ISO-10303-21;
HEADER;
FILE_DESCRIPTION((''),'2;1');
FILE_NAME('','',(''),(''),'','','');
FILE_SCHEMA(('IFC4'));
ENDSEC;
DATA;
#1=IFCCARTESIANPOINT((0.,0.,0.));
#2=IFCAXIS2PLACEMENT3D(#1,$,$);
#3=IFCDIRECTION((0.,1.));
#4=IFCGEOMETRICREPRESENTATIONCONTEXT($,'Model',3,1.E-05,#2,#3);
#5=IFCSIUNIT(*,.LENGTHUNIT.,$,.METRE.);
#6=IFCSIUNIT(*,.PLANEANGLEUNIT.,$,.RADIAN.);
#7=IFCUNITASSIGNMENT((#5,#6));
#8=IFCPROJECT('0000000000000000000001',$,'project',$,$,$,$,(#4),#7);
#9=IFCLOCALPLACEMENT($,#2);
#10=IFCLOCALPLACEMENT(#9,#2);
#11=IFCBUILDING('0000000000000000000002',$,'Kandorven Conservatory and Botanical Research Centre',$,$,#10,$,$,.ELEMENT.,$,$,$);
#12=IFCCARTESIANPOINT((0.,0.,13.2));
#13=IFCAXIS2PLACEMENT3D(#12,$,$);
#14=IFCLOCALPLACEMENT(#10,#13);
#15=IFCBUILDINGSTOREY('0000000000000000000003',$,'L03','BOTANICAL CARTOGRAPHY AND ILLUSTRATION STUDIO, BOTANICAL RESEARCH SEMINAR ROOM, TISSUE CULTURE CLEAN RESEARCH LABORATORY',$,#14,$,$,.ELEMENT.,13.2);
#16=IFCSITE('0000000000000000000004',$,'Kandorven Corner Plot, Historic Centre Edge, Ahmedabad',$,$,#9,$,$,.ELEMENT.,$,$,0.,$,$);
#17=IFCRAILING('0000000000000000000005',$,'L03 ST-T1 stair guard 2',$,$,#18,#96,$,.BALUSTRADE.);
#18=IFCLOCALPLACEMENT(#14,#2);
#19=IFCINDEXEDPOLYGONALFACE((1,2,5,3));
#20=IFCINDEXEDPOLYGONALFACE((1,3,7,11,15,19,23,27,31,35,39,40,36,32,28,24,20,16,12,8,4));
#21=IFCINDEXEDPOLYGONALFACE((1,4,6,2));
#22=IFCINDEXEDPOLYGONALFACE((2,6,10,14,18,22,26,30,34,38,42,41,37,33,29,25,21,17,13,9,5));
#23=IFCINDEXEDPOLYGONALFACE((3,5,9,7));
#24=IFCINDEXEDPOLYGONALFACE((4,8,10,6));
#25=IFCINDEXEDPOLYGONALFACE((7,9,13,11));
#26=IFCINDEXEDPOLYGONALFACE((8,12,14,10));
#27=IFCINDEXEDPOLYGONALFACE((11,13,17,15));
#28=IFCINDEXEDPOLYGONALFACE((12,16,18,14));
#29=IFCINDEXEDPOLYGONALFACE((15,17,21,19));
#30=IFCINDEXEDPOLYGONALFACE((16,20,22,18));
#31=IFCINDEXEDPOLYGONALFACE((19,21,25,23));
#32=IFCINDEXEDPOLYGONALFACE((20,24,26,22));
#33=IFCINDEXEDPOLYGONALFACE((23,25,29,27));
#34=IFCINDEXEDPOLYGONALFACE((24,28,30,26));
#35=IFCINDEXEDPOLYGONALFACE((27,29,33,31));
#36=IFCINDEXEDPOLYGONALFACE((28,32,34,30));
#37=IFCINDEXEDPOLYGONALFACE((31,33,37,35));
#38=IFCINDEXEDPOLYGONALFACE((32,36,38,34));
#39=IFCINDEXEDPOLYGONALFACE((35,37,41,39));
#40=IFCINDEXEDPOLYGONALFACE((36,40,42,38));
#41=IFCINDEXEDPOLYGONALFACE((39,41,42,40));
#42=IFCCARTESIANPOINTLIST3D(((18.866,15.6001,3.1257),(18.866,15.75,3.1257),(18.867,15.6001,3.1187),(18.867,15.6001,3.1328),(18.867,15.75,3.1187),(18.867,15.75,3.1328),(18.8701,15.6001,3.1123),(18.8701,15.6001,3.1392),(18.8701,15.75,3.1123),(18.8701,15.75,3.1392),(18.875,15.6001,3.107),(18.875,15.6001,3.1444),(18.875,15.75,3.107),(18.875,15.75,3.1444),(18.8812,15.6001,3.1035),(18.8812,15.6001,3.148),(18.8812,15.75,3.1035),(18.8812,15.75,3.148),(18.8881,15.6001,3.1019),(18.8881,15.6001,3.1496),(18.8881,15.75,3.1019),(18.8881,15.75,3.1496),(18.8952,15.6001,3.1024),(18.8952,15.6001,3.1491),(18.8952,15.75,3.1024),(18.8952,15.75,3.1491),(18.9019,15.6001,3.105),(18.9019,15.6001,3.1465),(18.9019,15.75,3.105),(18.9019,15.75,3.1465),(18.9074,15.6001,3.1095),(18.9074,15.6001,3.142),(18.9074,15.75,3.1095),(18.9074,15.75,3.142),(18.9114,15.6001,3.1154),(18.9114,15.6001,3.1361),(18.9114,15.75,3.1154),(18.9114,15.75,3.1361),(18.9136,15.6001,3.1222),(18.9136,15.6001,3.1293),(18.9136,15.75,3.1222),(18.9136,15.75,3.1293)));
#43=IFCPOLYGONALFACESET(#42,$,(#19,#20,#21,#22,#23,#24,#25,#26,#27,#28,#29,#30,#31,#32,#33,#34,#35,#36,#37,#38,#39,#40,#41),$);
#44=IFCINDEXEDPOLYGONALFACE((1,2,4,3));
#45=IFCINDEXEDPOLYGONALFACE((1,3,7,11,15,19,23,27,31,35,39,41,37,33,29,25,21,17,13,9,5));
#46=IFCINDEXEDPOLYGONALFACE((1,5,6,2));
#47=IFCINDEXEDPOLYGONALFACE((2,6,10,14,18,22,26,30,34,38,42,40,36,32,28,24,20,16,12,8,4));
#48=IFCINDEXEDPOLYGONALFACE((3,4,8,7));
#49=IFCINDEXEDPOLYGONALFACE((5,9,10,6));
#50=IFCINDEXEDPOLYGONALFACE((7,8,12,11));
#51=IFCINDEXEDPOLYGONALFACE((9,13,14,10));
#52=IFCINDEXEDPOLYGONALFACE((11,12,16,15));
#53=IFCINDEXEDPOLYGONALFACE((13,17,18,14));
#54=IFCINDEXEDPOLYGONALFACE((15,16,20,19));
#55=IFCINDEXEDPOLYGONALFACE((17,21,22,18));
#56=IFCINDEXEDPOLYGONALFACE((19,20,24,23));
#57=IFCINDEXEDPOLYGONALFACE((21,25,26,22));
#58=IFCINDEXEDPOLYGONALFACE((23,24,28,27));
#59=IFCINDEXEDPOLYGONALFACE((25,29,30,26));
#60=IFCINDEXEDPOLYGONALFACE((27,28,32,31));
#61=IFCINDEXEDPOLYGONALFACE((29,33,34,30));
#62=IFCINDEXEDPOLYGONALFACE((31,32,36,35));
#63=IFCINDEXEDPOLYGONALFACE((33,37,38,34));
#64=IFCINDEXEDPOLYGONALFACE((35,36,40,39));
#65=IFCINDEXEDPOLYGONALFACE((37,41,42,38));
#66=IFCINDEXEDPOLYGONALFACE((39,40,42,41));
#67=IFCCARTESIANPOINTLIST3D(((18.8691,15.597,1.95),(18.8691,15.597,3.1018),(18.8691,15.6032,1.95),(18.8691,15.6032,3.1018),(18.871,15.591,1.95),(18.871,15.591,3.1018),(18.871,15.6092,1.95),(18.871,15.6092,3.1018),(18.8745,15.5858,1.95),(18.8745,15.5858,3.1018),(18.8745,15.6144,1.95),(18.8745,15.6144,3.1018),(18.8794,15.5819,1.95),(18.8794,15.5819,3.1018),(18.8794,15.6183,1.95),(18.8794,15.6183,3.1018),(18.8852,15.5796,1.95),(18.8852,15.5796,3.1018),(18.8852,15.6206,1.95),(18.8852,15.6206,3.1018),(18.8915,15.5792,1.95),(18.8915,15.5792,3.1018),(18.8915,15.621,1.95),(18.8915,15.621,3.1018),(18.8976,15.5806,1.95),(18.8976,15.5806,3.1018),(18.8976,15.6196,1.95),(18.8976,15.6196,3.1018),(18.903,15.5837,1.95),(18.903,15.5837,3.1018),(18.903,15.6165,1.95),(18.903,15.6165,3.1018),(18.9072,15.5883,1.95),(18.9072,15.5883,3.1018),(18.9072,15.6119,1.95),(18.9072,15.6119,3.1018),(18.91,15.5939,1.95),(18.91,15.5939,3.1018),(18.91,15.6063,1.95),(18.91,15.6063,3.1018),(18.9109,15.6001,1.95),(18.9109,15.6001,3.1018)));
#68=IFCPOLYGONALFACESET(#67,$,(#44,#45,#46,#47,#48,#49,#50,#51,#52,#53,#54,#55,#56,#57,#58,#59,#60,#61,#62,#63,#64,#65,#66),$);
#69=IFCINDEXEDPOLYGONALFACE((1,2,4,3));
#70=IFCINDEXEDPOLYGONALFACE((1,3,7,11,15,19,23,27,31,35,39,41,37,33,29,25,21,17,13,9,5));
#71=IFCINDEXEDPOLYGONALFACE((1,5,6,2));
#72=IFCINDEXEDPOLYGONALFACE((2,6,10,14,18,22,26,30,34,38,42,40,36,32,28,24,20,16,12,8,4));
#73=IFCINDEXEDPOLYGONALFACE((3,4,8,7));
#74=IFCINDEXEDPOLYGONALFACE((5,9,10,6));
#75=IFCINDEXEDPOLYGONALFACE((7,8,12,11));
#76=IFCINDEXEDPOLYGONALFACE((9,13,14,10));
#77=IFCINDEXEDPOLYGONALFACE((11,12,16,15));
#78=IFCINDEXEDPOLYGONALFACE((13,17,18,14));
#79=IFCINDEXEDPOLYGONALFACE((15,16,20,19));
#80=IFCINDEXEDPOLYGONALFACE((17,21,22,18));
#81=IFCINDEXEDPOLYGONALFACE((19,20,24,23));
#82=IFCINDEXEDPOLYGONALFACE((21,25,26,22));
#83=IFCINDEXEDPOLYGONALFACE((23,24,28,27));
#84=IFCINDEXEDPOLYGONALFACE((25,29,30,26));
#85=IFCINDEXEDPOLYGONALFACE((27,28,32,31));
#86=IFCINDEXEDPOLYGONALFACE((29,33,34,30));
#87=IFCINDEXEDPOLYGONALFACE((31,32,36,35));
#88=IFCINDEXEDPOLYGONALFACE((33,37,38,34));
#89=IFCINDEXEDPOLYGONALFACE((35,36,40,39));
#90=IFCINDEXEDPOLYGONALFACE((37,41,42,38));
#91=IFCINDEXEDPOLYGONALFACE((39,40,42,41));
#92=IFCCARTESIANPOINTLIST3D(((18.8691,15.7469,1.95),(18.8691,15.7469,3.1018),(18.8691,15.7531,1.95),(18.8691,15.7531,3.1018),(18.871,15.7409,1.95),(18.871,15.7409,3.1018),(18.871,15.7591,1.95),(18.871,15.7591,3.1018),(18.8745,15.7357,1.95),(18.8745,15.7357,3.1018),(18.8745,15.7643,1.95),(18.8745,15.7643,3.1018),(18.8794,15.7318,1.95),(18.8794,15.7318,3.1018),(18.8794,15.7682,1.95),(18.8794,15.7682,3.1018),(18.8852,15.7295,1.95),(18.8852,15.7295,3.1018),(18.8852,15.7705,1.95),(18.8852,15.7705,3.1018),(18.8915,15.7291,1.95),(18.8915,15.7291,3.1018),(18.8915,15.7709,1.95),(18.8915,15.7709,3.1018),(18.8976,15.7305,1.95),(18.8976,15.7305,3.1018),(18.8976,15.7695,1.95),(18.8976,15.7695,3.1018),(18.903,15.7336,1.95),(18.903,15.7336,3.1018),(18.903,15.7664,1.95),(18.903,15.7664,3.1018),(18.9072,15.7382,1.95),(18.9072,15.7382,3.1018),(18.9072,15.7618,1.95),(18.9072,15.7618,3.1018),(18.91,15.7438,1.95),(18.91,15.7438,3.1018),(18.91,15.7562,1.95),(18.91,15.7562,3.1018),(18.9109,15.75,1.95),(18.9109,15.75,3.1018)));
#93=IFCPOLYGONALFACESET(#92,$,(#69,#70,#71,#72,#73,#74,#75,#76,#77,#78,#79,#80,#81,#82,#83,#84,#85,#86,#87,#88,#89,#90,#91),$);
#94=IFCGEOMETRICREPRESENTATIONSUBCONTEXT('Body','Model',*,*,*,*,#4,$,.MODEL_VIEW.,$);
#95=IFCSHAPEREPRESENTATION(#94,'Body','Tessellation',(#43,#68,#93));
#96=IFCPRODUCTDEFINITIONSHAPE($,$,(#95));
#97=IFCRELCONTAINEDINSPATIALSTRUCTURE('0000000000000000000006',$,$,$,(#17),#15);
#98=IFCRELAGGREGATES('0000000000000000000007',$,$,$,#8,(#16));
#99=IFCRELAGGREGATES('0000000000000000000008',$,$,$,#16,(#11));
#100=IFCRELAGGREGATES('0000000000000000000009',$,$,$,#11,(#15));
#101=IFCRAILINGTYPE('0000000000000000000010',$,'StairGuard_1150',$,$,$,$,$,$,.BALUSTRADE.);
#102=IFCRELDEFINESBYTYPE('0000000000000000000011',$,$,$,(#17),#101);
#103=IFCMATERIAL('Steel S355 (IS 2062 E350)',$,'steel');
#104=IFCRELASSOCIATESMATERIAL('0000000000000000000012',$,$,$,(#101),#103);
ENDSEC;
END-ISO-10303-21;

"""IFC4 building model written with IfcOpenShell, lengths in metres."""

from ifc_helpers import new_model, si_unit, direction, frame, origin, origin_2d, place, context, subcontext, project, spatial, circle, extrude, material, type_object, element, save


model = new_model("IFC4")

# Units and contexts
model_context = context("Model", 3, precision=1e-05, world=origin(), true_north=direction((0.0, 1.0)))
body_context = subcontext(model_context, "Body", "Model", "MODEL_VIEW")
ifc_project = project(units=[si_unit("LENGTHUNIT", "METRE"), si_unit("PLANEANGLEUNIT", "RADIAN")], contexts=[model_context])

# Site, building, storey
site_placement = place(None, origin())
site = spatial("IfcSite", under=ifc_project, at=site_placement, Name="Kandorven Corner Plot, Historic Centre Edge, Ahmedabad", CompositionType="ELEMENT", RefElevation=0.0)
building_placement = place(site_placement, origin())
building = spatial("IfcBuilding", under=site, at=building_placement, Name="Kandorven Conservatory and Botanical Research Centre", CompositionType="ELEMENT")
storey_placement = place(building_placement, frame((0.0, 0.0, 13.2)))
storey = spatial("IfcBuildingStorey", under=building, at=storey_placement, Name="L03", Description="BOTANICAL CARTOGRAPHY AND ILLUSTRATION STUDIO, BOTANICAL RESEARCH SEMINAR ROOM, TISSUE CULTURE CLEAN RESEARCH LABORATORY", CompositionType="ELEMENT", Elevation=13.2)

# Railing
ifc_material_1 = material(Name="Steel S355 (IS 2062 E350)", Category="steel")
railing_type_1 = type_object("IfcRailingType", Name="StairGuard_1150", PredefinedType="BALUSTRADE", material=ifc_material_1)
railing_1_placement = place(storey_placement, frame((18.8899, 15.6001, 1.95)))
element("IfcRailing", 1, at=railing_1_placement, inside=storey, type_object=railing_type_1, Name="L03 ST-T1 stair guard 2", PredefinedType="BALUSTRADE", context=body_context, shape_type="SweptSolid", body=[
    extrude(circle(Radius=0.0239, at=origin_2d()), frame((0.0, 0.0, 1.1758), z_axis=(0.0, 1.0, 0.0), x_axis=(-1.0, 0.0, 0.0)), (0.0, 0.0, 1.0), 0.1499),
    extrude(circle(Radius=0.021, at=origin_2d()), origin(), (0.0, 0.0, 1.0), 1.1519),
    extrude(circle(Radius=0.021, at=origin_2d()), frame((0.0, 0.1499, 0.0)), (0.0, 0.0, 1.0), 1.1519),
])

save(model, "model.ifc")
